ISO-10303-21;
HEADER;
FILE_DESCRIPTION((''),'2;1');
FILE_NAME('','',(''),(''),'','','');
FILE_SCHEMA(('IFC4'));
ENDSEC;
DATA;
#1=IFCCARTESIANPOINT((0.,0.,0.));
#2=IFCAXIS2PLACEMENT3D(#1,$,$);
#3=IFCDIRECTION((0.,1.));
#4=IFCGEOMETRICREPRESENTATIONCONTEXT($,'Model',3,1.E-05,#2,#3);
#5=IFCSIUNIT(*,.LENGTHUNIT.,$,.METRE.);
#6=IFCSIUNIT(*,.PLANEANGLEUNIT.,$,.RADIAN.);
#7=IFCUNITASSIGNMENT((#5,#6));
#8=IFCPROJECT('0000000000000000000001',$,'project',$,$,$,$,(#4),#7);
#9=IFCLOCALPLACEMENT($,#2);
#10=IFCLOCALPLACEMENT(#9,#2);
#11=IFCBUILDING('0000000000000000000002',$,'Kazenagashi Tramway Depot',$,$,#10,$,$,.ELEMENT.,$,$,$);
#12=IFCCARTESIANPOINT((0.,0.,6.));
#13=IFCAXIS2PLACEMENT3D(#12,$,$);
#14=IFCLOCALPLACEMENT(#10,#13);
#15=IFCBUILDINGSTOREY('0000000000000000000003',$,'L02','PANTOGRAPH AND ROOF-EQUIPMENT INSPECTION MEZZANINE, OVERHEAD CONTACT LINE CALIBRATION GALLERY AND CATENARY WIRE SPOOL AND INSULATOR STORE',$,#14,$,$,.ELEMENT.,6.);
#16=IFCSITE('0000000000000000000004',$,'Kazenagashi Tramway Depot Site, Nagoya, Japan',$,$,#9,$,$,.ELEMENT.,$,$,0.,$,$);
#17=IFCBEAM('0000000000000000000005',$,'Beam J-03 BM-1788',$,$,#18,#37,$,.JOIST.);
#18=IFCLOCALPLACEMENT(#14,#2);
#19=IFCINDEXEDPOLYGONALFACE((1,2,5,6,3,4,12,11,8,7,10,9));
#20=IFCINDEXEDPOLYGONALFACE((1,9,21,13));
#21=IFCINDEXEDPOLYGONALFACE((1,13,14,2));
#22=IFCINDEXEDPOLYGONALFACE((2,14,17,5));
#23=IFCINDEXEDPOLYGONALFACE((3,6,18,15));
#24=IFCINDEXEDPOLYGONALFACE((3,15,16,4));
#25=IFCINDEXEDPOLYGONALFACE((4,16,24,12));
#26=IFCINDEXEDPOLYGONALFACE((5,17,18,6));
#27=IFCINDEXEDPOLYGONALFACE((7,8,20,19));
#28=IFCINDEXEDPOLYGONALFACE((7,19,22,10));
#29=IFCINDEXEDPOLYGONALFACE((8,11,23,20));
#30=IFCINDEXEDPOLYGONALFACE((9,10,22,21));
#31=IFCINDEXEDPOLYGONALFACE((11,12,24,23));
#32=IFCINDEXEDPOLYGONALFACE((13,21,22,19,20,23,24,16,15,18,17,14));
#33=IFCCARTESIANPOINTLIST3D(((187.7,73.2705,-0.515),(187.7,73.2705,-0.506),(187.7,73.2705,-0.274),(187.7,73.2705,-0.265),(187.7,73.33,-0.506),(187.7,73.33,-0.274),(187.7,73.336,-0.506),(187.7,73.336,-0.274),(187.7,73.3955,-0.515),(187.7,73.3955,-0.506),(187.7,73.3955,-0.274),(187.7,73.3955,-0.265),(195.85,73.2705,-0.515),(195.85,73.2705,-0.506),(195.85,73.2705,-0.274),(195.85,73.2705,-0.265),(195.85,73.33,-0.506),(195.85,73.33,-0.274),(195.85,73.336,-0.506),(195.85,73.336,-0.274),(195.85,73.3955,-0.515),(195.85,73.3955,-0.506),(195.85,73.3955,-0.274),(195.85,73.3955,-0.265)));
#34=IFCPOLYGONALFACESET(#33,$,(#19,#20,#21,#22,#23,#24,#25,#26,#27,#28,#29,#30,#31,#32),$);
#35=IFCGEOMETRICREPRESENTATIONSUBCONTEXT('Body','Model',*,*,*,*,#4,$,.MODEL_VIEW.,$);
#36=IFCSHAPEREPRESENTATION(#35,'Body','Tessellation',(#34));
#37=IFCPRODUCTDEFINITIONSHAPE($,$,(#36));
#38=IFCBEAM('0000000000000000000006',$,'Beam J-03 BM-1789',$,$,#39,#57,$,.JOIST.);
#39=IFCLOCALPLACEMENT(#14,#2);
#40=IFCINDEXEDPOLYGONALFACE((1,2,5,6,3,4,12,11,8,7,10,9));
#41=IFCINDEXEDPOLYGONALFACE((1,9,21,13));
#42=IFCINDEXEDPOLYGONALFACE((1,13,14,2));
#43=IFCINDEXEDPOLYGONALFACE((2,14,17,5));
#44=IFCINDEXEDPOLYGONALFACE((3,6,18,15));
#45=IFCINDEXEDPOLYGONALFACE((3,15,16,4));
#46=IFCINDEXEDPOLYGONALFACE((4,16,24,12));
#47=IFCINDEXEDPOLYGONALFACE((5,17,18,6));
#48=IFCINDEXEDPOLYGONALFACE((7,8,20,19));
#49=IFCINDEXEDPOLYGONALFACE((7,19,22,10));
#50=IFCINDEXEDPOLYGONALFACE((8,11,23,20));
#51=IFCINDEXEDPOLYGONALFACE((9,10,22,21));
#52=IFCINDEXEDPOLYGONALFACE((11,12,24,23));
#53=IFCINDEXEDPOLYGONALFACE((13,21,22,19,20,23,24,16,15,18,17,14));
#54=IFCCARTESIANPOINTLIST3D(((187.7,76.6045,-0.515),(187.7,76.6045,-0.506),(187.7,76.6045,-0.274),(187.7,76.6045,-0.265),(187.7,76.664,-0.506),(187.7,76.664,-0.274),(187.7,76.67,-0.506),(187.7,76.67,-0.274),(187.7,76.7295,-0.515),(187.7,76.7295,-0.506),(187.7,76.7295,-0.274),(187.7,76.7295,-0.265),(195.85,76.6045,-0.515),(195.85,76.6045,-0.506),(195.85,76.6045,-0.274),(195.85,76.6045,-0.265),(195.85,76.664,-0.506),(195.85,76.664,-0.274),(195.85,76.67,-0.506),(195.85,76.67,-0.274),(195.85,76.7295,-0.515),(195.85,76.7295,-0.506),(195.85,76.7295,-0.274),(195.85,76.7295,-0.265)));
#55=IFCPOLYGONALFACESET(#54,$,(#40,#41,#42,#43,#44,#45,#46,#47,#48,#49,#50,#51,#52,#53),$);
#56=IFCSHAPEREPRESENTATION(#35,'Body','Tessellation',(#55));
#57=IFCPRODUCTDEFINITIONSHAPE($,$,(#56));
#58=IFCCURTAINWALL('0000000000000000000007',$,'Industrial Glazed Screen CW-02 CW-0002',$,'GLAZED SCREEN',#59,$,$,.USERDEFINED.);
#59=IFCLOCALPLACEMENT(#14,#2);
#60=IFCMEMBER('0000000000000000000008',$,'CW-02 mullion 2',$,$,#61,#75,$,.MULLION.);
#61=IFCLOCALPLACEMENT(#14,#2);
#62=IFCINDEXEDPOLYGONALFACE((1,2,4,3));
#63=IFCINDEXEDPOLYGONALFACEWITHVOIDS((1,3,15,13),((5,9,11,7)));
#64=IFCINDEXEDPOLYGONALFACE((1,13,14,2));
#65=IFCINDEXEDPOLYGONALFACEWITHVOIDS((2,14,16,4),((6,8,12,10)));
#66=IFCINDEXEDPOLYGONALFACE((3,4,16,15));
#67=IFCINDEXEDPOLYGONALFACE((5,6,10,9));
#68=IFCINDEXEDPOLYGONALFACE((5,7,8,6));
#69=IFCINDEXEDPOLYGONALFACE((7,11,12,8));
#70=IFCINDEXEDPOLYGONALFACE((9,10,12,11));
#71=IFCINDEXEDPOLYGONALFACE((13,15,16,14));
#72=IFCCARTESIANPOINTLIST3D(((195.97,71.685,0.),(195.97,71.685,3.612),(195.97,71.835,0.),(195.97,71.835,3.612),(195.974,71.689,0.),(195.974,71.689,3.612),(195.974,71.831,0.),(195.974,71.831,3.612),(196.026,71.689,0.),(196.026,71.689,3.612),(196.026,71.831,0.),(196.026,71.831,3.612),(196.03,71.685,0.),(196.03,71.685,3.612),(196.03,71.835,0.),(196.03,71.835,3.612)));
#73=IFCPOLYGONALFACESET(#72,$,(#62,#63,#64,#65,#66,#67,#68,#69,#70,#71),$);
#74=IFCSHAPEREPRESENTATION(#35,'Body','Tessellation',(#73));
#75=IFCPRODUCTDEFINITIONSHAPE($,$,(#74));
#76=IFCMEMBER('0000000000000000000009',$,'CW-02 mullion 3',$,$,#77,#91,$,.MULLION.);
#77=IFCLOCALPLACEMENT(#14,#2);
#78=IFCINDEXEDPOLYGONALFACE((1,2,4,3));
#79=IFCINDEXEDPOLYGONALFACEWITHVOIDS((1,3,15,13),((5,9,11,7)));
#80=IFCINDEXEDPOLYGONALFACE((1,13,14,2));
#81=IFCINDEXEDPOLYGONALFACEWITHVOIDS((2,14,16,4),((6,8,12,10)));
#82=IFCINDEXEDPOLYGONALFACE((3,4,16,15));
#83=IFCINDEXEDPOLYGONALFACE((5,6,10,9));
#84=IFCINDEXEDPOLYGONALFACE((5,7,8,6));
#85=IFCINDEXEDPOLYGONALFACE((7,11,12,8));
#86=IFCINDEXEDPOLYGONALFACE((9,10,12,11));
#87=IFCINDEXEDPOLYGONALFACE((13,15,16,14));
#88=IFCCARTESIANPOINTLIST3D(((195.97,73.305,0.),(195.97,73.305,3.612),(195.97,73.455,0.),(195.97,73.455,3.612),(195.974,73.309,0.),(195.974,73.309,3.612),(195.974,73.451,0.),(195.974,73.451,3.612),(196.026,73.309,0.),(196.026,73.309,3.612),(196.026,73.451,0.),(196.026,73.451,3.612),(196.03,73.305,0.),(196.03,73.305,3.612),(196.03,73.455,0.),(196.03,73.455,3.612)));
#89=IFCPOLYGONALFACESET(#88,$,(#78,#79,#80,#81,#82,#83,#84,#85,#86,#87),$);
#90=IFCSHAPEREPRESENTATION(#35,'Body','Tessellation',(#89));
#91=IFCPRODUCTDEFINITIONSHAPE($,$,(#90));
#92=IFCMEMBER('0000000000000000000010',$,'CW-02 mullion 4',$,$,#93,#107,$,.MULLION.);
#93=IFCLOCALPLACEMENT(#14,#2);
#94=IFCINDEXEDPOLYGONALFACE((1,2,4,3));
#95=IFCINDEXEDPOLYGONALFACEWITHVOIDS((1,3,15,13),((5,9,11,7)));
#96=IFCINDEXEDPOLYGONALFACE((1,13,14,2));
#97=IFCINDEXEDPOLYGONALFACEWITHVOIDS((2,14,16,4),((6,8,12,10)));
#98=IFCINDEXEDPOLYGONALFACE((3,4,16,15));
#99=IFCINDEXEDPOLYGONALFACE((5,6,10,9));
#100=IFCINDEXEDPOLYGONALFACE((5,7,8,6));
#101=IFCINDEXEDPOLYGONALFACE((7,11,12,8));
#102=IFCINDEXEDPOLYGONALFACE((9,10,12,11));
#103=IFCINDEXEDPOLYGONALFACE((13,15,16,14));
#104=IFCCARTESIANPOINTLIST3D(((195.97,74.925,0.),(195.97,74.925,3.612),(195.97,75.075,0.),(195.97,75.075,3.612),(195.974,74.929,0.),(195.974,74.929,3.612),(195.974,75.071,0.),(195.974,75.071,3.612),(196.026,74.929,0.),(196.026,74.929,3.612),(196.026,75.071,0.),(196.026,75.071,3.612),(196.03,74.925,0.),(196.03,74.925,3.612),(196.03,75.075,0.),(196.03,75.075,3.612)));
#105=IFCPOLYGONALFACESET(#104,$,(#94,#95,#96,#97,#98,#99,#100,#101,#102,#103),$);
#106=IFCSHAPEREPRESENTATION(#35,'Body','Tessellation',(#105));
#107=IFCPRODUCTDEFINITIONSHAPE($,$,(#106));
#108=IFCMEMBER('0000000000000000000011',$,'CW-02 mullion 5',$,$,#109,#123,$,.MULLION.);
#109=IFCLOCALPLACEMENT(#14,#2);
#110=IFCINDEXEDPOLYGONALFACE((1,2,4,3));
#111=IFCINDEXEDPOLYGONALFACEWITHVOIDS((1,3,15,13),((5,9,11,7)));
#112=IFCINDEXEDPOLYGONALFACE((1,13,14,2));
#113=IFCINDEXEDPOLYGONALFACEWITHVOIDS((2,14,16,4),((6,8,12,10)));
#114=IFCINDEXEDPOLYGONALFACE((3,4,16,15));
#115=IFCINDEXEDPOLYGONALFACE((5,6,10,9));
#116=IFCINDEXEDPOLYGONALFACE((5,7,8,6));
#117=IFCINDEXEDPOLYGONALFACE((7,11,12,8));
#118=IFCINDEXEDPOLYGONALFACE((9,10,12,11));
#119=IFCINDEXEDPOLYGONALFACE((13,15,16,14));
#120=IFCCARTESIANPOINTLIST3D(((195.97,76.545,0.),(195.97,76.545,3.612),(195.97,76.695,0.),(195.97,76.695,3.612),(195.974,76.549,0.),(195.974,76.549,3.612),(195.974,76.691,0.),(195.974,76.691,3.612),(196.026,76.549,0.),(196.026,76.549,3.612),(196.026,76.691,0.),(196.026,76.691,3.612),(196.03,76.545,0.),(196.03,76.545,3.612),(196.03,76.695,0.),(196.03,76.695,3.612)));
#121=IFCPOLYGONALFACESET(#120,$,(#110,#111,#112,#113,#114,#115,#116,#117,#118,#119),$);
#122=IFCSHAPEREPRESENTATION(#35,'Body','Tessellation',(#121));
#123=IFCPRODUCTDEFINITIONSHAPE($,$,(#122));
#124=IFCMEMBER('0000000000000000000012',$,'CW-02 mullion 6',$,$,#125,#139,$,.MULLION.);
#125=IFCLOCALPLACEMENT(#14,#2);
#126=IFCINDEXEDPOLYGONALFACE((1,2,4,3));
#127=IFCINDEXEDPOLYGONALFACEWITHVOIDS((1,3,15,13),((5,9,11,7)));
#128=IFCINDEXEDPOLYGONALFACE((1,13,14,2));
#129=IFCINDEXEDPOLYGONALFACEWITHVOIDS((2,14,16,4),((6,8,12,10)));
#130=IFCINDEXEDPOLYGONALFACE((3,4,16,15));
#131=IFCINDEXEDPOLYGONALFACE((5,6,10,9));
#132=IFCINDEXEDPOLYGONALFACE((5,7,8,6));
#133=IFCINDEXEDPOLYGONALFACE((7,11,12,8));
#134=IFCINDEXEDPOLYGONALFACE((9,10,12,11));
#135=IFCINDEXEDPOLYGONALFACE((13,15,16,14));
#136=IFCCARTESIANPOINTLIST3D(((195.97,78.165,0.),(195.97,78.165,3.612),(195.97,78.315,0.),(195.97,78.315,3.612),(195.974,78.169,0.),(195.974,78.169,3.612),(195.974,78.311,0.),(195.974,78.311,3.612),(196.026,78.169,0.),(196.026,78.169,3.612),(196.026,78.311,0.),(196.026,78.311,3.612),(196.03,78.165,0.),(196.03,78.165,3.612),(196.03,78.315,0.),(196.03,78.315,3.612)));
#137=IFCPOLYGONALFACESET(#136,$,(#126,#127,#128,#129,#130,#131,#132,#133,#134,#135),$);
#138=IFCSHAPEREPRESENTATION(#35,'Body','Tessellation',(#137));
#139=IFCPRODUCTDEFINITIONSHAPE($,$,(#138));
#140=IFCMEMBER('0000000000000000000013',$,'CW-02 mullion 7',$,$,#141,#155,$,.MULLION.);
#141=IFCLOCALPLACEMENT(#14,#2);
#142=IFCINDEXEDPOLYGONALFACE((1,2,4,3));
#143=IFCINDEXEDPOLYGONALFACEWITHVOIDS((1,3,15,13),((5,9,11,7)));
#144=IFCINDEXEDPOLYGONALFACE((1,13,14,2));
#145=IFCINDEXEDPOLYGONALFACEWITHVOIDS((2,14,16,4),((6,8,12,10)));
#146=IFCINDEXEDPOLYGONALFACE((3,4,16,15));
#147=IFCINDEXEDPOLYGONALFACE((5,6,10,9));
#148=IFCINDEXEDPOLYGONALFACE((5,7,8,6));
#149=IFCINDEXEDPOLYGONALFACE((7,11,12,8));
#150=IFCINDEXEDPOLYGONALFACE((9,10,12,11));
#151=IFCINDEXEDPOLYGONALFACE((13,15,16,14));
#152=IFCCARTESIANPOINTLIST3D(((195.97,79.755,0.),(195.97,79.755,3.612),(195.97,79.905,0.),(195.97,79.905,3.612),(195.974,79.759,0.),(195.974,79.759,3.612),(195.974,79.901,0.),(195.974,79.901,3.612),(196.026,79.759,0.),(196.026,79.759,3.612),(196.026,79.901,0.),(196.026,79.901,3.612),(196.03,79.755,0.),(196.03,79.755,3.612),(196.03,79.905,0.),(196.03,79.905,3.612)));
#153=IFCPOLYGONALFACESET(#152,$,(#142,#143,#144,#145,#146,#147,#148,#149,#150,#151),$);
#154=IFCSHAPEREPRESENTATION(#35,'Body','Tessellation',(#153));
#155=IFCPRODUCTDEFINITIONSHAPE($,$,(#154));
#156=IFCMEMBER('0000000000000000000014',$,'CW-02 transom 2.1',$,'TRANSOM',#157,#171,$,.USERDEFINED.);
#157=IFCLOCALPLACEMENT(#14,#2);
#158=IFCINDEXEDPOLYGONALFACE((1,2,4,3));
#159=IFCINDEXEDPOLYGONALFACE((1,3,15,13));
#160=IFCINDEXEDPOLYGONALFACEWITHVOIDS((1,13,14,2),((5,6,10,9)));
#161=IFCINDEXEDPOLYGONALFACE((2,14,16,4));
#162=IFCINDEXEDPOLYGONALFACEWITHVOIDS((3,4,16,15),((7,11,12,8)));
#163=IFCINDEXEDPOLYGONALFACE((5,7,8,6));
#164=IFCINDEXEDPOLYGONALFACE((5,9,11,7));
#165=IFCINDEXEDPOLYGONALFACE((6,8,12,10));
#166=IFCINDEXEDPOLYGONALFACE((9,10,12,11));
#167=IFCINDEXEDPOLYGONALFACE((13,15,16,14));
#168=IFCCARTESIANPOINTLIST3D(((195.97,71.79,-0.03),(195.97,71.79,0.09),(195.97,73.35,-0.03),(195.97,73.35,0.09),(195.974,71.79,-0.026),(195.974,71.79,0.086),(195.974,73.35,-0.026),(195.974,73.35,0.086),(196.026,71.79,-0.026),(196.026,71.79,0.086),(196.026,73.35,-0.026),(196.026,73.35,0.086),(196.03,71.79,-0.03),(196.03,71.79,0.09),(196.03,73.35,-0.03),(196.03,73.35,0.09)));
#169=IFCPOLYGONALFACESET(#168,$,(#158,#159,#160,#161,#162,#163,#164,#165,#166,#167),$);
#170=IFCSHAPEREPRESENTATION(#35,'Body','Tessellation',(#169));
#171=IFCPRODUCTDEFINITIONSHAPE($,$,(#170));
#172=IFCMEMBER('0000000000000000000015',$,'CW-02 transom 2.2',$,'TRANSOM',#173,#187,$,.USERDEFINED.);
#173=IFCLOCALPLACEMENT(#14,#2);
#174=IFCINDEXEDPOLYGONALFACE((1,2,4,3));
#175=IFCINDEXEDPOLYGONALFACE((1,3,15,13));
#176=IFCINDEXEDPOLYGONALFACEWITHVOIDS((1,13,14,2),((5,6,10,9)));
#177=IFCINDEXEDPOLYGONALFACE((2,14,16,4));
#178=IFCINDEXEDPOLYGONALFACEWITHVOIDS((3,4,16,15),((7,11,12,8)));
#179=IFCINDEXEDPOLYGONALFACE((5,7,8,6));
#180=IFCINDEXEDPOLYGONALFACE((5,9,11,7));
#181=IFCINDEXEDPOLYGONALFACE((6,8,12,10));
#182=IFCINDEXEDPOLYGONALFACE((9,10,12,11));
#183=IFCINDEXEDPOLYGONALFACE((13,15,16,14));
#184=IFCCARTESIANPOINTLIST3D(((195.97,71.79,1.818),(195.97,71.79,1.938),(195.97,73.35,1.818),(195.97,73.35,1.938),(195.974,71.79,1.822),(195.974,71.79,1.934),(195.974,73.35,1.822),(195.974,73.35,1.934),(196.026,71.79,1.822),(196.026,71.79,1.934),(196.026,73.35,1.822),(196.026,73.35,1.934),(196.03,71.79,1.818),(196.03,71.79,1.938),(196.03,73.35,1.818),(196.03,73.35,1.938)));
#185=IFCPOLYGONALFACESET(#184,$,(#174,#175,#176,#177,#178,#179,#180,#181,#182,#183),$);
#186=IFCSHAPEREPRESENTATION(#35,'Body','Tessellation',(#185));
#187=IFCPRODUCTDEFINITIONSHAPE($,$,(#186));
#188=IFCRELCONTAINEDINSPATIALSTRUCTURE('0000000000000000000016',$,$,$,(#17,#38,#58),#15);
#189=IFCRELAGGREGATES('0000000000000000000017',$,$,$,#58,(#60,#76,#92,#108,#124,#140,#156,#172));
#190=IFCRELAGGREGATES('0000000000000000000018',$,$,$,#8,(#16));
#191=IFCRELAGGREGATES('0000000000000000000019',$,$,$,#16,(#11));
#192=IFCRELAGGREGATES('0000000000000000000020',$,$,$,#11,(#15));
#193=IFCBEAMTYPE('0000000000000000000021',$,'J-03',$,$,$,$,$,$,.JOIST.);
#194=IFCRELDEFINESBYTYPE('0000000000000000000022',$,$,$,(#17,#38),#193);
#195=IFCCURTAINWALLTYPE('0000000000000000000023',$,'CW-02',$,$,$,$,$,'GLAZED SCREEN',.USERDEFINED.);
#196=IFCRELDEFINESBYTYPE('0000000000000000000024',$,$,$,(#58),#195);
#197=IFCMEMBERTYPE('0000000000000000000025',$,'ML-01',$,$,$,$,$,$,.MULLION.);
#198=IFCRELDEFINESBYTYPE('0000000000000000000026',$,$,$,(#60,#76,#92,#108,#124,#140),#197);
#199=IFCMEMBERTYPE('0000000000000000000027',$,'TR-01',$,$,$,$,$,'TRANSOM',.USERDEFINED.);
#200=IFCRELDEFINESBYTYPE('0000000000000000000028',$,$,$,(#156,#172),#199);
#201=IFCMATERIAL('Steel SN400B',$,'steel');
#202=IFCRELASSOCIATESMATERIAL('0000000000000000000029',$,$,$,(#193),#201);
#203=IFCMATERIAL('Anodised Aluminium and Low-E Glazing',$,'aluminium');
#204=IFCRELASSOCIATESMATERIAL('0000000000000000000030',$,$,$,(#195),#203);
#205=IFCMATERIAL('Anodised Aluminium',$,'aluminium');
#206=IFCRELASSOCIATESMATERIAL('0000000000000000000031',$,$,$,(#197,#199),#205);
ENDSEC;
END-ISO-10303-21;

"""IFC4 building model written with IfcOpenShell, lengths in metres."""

from ifc_helpers import new_model, si_unit, direction, frame, origin, origin_2d, place, context, subcontext, project, spatial, hollow_rectangle, i_section, extrude, material, material_profile, profile_set, type_object, element, aggregate, save


model = new_model("IFC4")

# Units and contexts
model_context = context("Model", 3, precision=1e-05, world=origin(), true_north=direction((0.0, 1.0)))
body_context = subcontext(model_context, "Body", "Model", "MODEL_VIEW")
ifc_project = project(units=[si_unit("LENGTHUNIT", "METRE"), si_unit("PLANEANGLEUNIT", "RADIAN")], contexts=[model_context])

# Site, building, storey
site_placement = place(None, origin())
site = spatial("IfcSite", under=ifc_project, at=site_placement, Name="Kazenagashi Tramway Depot Site, Nagoya, Japan", CompositionType="ELEMENT", RefElevation=0.0)
building_placement = place(site_placement, origin())
building = spatial("IfcBuilding", under=site, at=building_placement, Name="Kazenagashi Tramway Depot", CompositionType="ELEMENT")
storey_placement = place(building_placement, frame((0.0, 0.0, 6.0)))
storey = spatial("IfcBuildingStorey", under=building, at=storey_placement, Name="L02", Description="PANTOGRAPH AND ROOF-EQUIPMENT INSPECTION MEZZANINE, OVERHEAD CONTACT LINE CALIBRATION GALLERY AND CATENARY WIRE SPOOL AND INSULATOR STORE", CompositionType="ELEMENT", Elevation=6.0)

# Beams
ifc_material_1 = material(Name="Steel SN400B", Category="steel")
ifc_material_profile_1 = material_profile(ifc_material_1, i_section(OverallWidth=0.125, OverallDepth=0.25, WebThickness=0.006, FlangeThickness=0.009, at=origin_2d()), Name="H-250x125x6x9")
ifc_profile_set_1 = profile_set([ifc_material_profile_1], Name="Steel SN400B")
beam_type = type_object("IfcBeamType", Name="J-03", PredefinedType="JOIST", material=ifc_profile_set_1)
for number, where, z_axis, x_axis, name in (
    (1, (187.7, 73.333, -0.39), (1.0, 0.0, 0.0), (0.0, 1.0, 0.0), "Beam J-03 BM-1788"),
    (2, (187.7, 76.667, -0.39), (1.0, 0.0, 0.0), (0.0, 1.0, 0.0), "Beam J-03 BM-1789"),
):
    element("IfcBeam", number, at=place(storey_placement, frame(where, z_axis=z_axis, x_axis=x_axis)), inside=storey, type_object=beam_type, Name=name, PredefinedType="JOIST", context=body_context, shape_type="SweptSolid", body=[
        extrude(i_section(OverallWidth=0.125, OverallDepth=0.25, WebThickness=0.006, FlangeThickness=0.009, at=origin_2d()), origin(), (0.0, 0.0, 1.0), 8.15),
    ])

# Curtain wall, members
ifc_material_2 = material(Name="Anodised Aluminium and Low-E Glazing", Category="aluminium")
curtain_wall_type = type_object("IfcCurtainWallType", Name="CW-02", ElementType="GLAZED SCREEN", PredefinedType="USERDEFINED", material=ifc_material_2)
curtain_wall_placement = place(storey_placement, origin())
curtain_wall = element("IfcCurtainWall", 3, at=curtain_wall_placement, inside=storey, type_object=curtain_wall_type, Name="Industrial Glazed Screen CW-02 CW-0002", ObjectType="GLAZED SCREEN", PredefinedType="USERDEFINED")
ifc_material_3 = material(Name="Anodised Aluminium", Category="aluminium")
ifc_material_profile_2 = material_profile(ifc_material_3, hollow_rectangle(XDim=0.06, YDim=0.15, WallThickness=0.004, at=origin_2d()), Name="RHS-150x60x4")
ifc_profile_set_2 = profile_set([ifc_material_profile_2], Name="Anodised Aluminium")
member_type_1 = type_object("IfcMemberType", Name="ML-01", PredefinedType="MULLION", material=ifc_profile_set_2)
member_1_placement = place(storey_placement, frame((196.0, 71.76, 0.0), z_axis=(0.0, 0.0, 1.0), x_axis=(-1.0, 0.0, 0.0)))
member_1 = element("IfcMember", 4, at=member_1_placement, type_object=member_type_1, Name="CW-02 mullion 2", PredefinedType="MULLION", context=body_context, shape_type="SweptSolid", body=[
    extrude(hollow_rectangle(XDim=0.06, YDim=0.15, WallThickness=0.004, at=origin_2d()), origin(), (0.0, 0.0, 1.0), 3.612),
])
member_2_placement = place(storey_placement, frame((196.0, 73.38, 0.0), z_axis=(0.0, 0.0, 1.0), x_axis=(-1.0, 0.0, 0.0)))
member_2 = element("IfcMember", 5, at=member_2_placement, type_object=member_type_1, Name="CW-02 mullion 3", PredefinedType="MULLION", context=body_context, shape_type="SweptSolid", body=[
    extrude(hollow_rectangle(XDim=0.06, YDim=0.15, WallThickness=0.004, at=origin_2d()), origin(), (0.0, 0.0, 1.0), 3.612),
])
member_3_placement = place(storey_placement, frame((196.0, 75.0, 0.0), z_axis=(0.0, 0.0, 1.0), x_axis=(-1.0, 0.0, 0.0)))
member_3 = element("IfcMember", 6, at=member_3_placement, type_object=member_type_1, Name="CW-02 mullion 4", PredefinedType="MULLION", context=body_context, shape_type="SweptSolid", body=[
    extrude(hollow_rectangle(XDim=0.06, YDim=0.15, WallThickness=0.004, at=origin_2d()), origin(), (0.0, 0.0, 1.0), 3.612),
])
member_4_placement = place(storey_placement, frame((196.0, 76.62, 0.0), z_axis=(0.0, 0.0, 1.0), x_axis=(-1.0, 0.0, 0.0)))
member_4 = element("IfcMember", 7, at=member_4_placement, type_object=member_type_1, Name="CW-02 mullion 5", PredefinedType="MULLION", context=body_context, shape_type="SweptSolid", body=[
    extrude(hollow_rectangle(XDim=0.06, YDim=0.15, WallThickness=0.004, at=origin_2d()), origin(), (0.0, 0.0, 1.0), 3.612),
])
member_5_placement = place(storey_placement, frame((196.0, 78.24, 0.0), z_axis=(0.0, 0.0, 1.0), x_axis=(-1.0, 0.0, 0.0)))
member_5 = element("IfcMember", 8, at=member_5_placement, type_object=member_type_1, Name="CW-02 mullion 6", PredefinedType="MULLION", context=body_context, shape_type="SweptSolid", body=[
    extrude(hollow_rectangle(XDim=0.06, YDim=0.15, WallThickness=0.004, at=origin_2d()), origin(), (0.0, 0.0, 1.0), 3.612),
])
member_6_placement = place(storey_placement, frame((196.0, 79.83, 0.0), z_axis=(0.0, 0.0, 1.0), x_axis=(-1.0, 0.0, 0.0)))
member_6 = element("IfcMember", 9, at=member_6_placement, type_object=member_type_1, Name="CW-02 mullion 7", PredefinedType="MULLION", context=body_context, shape_type="SweptSolid", body=[
    extrude(hollow_rectangle(XDim=0.06, YDim=0.15, WallThickness=0.004, at=origin_2d()), origin(), (0.0, 0.0, 1.0), 3.612),
])
ifc_material_profile_3 = material_profile(ifc_material_3, hollow_rectangle(XDim=0.06, YDim=0.12, WallThickness=0.004, at=origin_2d()), Name="RHS-120x60x4")
ifc_profile_set_3 = profile_set([ifc_material_profile_3], Name="Anodised Aluminium")
member_type_2 = type_object("IfcMemberType", Name="TR-01", ElementType="TRANSOM", PredefinedType="USERDEFINED", material=ifc_profile_set_3)
member_7_placement = place(storey_placement, frame((196.0, 71.79, 0.03), z_axis=(0.0, 1.0, 0.0), x_axis=(-1.0, 0.0, 0.0)))
member_7 = element("IfcMember", 10, at=member_7_placement, type_object=member_type_2, Name="CW-02 transom 2.1", ObjectType="TRANSOM", PredefinedType="USERDEFINED", context=body_context, shape_type="SweptSolid", body=[
    extrude(hollow_rectangle(XDim=0.06, YDim=0.12, WallThickness=0.004, at=origin_2d()), origin(), (0.0, 0.0, 1.0), 1.56),
])
member_8_placement = place(storey_placement, frame((196.0, 71.79, 1.878), z_axis=(0.0, 1.0, 0.0), x_axis=(-1.0, 0.0, 0.0)))
member_8 = element("IfcMember", 11, at=member_8_placement, type_object=member_type_2, Name="CW-02 transom 2.2", ObjectType="TRANSOM", PredefinedType="USERDEFINED", context=body_context, shape_type="SweptSolid", body=[
    extrude(hollow_rectangle(XDim=0.06, YDim=0.12, WallThickness=0.004, at=origin_2d()), origin(), (0.0, 0.0, 1.0), 1.56),
])
aggregate(curtain_wall, [member_1, member_2, member_3, member_4, member_5, member_6, member_7, member_8])

save(model, "model.ifc")
